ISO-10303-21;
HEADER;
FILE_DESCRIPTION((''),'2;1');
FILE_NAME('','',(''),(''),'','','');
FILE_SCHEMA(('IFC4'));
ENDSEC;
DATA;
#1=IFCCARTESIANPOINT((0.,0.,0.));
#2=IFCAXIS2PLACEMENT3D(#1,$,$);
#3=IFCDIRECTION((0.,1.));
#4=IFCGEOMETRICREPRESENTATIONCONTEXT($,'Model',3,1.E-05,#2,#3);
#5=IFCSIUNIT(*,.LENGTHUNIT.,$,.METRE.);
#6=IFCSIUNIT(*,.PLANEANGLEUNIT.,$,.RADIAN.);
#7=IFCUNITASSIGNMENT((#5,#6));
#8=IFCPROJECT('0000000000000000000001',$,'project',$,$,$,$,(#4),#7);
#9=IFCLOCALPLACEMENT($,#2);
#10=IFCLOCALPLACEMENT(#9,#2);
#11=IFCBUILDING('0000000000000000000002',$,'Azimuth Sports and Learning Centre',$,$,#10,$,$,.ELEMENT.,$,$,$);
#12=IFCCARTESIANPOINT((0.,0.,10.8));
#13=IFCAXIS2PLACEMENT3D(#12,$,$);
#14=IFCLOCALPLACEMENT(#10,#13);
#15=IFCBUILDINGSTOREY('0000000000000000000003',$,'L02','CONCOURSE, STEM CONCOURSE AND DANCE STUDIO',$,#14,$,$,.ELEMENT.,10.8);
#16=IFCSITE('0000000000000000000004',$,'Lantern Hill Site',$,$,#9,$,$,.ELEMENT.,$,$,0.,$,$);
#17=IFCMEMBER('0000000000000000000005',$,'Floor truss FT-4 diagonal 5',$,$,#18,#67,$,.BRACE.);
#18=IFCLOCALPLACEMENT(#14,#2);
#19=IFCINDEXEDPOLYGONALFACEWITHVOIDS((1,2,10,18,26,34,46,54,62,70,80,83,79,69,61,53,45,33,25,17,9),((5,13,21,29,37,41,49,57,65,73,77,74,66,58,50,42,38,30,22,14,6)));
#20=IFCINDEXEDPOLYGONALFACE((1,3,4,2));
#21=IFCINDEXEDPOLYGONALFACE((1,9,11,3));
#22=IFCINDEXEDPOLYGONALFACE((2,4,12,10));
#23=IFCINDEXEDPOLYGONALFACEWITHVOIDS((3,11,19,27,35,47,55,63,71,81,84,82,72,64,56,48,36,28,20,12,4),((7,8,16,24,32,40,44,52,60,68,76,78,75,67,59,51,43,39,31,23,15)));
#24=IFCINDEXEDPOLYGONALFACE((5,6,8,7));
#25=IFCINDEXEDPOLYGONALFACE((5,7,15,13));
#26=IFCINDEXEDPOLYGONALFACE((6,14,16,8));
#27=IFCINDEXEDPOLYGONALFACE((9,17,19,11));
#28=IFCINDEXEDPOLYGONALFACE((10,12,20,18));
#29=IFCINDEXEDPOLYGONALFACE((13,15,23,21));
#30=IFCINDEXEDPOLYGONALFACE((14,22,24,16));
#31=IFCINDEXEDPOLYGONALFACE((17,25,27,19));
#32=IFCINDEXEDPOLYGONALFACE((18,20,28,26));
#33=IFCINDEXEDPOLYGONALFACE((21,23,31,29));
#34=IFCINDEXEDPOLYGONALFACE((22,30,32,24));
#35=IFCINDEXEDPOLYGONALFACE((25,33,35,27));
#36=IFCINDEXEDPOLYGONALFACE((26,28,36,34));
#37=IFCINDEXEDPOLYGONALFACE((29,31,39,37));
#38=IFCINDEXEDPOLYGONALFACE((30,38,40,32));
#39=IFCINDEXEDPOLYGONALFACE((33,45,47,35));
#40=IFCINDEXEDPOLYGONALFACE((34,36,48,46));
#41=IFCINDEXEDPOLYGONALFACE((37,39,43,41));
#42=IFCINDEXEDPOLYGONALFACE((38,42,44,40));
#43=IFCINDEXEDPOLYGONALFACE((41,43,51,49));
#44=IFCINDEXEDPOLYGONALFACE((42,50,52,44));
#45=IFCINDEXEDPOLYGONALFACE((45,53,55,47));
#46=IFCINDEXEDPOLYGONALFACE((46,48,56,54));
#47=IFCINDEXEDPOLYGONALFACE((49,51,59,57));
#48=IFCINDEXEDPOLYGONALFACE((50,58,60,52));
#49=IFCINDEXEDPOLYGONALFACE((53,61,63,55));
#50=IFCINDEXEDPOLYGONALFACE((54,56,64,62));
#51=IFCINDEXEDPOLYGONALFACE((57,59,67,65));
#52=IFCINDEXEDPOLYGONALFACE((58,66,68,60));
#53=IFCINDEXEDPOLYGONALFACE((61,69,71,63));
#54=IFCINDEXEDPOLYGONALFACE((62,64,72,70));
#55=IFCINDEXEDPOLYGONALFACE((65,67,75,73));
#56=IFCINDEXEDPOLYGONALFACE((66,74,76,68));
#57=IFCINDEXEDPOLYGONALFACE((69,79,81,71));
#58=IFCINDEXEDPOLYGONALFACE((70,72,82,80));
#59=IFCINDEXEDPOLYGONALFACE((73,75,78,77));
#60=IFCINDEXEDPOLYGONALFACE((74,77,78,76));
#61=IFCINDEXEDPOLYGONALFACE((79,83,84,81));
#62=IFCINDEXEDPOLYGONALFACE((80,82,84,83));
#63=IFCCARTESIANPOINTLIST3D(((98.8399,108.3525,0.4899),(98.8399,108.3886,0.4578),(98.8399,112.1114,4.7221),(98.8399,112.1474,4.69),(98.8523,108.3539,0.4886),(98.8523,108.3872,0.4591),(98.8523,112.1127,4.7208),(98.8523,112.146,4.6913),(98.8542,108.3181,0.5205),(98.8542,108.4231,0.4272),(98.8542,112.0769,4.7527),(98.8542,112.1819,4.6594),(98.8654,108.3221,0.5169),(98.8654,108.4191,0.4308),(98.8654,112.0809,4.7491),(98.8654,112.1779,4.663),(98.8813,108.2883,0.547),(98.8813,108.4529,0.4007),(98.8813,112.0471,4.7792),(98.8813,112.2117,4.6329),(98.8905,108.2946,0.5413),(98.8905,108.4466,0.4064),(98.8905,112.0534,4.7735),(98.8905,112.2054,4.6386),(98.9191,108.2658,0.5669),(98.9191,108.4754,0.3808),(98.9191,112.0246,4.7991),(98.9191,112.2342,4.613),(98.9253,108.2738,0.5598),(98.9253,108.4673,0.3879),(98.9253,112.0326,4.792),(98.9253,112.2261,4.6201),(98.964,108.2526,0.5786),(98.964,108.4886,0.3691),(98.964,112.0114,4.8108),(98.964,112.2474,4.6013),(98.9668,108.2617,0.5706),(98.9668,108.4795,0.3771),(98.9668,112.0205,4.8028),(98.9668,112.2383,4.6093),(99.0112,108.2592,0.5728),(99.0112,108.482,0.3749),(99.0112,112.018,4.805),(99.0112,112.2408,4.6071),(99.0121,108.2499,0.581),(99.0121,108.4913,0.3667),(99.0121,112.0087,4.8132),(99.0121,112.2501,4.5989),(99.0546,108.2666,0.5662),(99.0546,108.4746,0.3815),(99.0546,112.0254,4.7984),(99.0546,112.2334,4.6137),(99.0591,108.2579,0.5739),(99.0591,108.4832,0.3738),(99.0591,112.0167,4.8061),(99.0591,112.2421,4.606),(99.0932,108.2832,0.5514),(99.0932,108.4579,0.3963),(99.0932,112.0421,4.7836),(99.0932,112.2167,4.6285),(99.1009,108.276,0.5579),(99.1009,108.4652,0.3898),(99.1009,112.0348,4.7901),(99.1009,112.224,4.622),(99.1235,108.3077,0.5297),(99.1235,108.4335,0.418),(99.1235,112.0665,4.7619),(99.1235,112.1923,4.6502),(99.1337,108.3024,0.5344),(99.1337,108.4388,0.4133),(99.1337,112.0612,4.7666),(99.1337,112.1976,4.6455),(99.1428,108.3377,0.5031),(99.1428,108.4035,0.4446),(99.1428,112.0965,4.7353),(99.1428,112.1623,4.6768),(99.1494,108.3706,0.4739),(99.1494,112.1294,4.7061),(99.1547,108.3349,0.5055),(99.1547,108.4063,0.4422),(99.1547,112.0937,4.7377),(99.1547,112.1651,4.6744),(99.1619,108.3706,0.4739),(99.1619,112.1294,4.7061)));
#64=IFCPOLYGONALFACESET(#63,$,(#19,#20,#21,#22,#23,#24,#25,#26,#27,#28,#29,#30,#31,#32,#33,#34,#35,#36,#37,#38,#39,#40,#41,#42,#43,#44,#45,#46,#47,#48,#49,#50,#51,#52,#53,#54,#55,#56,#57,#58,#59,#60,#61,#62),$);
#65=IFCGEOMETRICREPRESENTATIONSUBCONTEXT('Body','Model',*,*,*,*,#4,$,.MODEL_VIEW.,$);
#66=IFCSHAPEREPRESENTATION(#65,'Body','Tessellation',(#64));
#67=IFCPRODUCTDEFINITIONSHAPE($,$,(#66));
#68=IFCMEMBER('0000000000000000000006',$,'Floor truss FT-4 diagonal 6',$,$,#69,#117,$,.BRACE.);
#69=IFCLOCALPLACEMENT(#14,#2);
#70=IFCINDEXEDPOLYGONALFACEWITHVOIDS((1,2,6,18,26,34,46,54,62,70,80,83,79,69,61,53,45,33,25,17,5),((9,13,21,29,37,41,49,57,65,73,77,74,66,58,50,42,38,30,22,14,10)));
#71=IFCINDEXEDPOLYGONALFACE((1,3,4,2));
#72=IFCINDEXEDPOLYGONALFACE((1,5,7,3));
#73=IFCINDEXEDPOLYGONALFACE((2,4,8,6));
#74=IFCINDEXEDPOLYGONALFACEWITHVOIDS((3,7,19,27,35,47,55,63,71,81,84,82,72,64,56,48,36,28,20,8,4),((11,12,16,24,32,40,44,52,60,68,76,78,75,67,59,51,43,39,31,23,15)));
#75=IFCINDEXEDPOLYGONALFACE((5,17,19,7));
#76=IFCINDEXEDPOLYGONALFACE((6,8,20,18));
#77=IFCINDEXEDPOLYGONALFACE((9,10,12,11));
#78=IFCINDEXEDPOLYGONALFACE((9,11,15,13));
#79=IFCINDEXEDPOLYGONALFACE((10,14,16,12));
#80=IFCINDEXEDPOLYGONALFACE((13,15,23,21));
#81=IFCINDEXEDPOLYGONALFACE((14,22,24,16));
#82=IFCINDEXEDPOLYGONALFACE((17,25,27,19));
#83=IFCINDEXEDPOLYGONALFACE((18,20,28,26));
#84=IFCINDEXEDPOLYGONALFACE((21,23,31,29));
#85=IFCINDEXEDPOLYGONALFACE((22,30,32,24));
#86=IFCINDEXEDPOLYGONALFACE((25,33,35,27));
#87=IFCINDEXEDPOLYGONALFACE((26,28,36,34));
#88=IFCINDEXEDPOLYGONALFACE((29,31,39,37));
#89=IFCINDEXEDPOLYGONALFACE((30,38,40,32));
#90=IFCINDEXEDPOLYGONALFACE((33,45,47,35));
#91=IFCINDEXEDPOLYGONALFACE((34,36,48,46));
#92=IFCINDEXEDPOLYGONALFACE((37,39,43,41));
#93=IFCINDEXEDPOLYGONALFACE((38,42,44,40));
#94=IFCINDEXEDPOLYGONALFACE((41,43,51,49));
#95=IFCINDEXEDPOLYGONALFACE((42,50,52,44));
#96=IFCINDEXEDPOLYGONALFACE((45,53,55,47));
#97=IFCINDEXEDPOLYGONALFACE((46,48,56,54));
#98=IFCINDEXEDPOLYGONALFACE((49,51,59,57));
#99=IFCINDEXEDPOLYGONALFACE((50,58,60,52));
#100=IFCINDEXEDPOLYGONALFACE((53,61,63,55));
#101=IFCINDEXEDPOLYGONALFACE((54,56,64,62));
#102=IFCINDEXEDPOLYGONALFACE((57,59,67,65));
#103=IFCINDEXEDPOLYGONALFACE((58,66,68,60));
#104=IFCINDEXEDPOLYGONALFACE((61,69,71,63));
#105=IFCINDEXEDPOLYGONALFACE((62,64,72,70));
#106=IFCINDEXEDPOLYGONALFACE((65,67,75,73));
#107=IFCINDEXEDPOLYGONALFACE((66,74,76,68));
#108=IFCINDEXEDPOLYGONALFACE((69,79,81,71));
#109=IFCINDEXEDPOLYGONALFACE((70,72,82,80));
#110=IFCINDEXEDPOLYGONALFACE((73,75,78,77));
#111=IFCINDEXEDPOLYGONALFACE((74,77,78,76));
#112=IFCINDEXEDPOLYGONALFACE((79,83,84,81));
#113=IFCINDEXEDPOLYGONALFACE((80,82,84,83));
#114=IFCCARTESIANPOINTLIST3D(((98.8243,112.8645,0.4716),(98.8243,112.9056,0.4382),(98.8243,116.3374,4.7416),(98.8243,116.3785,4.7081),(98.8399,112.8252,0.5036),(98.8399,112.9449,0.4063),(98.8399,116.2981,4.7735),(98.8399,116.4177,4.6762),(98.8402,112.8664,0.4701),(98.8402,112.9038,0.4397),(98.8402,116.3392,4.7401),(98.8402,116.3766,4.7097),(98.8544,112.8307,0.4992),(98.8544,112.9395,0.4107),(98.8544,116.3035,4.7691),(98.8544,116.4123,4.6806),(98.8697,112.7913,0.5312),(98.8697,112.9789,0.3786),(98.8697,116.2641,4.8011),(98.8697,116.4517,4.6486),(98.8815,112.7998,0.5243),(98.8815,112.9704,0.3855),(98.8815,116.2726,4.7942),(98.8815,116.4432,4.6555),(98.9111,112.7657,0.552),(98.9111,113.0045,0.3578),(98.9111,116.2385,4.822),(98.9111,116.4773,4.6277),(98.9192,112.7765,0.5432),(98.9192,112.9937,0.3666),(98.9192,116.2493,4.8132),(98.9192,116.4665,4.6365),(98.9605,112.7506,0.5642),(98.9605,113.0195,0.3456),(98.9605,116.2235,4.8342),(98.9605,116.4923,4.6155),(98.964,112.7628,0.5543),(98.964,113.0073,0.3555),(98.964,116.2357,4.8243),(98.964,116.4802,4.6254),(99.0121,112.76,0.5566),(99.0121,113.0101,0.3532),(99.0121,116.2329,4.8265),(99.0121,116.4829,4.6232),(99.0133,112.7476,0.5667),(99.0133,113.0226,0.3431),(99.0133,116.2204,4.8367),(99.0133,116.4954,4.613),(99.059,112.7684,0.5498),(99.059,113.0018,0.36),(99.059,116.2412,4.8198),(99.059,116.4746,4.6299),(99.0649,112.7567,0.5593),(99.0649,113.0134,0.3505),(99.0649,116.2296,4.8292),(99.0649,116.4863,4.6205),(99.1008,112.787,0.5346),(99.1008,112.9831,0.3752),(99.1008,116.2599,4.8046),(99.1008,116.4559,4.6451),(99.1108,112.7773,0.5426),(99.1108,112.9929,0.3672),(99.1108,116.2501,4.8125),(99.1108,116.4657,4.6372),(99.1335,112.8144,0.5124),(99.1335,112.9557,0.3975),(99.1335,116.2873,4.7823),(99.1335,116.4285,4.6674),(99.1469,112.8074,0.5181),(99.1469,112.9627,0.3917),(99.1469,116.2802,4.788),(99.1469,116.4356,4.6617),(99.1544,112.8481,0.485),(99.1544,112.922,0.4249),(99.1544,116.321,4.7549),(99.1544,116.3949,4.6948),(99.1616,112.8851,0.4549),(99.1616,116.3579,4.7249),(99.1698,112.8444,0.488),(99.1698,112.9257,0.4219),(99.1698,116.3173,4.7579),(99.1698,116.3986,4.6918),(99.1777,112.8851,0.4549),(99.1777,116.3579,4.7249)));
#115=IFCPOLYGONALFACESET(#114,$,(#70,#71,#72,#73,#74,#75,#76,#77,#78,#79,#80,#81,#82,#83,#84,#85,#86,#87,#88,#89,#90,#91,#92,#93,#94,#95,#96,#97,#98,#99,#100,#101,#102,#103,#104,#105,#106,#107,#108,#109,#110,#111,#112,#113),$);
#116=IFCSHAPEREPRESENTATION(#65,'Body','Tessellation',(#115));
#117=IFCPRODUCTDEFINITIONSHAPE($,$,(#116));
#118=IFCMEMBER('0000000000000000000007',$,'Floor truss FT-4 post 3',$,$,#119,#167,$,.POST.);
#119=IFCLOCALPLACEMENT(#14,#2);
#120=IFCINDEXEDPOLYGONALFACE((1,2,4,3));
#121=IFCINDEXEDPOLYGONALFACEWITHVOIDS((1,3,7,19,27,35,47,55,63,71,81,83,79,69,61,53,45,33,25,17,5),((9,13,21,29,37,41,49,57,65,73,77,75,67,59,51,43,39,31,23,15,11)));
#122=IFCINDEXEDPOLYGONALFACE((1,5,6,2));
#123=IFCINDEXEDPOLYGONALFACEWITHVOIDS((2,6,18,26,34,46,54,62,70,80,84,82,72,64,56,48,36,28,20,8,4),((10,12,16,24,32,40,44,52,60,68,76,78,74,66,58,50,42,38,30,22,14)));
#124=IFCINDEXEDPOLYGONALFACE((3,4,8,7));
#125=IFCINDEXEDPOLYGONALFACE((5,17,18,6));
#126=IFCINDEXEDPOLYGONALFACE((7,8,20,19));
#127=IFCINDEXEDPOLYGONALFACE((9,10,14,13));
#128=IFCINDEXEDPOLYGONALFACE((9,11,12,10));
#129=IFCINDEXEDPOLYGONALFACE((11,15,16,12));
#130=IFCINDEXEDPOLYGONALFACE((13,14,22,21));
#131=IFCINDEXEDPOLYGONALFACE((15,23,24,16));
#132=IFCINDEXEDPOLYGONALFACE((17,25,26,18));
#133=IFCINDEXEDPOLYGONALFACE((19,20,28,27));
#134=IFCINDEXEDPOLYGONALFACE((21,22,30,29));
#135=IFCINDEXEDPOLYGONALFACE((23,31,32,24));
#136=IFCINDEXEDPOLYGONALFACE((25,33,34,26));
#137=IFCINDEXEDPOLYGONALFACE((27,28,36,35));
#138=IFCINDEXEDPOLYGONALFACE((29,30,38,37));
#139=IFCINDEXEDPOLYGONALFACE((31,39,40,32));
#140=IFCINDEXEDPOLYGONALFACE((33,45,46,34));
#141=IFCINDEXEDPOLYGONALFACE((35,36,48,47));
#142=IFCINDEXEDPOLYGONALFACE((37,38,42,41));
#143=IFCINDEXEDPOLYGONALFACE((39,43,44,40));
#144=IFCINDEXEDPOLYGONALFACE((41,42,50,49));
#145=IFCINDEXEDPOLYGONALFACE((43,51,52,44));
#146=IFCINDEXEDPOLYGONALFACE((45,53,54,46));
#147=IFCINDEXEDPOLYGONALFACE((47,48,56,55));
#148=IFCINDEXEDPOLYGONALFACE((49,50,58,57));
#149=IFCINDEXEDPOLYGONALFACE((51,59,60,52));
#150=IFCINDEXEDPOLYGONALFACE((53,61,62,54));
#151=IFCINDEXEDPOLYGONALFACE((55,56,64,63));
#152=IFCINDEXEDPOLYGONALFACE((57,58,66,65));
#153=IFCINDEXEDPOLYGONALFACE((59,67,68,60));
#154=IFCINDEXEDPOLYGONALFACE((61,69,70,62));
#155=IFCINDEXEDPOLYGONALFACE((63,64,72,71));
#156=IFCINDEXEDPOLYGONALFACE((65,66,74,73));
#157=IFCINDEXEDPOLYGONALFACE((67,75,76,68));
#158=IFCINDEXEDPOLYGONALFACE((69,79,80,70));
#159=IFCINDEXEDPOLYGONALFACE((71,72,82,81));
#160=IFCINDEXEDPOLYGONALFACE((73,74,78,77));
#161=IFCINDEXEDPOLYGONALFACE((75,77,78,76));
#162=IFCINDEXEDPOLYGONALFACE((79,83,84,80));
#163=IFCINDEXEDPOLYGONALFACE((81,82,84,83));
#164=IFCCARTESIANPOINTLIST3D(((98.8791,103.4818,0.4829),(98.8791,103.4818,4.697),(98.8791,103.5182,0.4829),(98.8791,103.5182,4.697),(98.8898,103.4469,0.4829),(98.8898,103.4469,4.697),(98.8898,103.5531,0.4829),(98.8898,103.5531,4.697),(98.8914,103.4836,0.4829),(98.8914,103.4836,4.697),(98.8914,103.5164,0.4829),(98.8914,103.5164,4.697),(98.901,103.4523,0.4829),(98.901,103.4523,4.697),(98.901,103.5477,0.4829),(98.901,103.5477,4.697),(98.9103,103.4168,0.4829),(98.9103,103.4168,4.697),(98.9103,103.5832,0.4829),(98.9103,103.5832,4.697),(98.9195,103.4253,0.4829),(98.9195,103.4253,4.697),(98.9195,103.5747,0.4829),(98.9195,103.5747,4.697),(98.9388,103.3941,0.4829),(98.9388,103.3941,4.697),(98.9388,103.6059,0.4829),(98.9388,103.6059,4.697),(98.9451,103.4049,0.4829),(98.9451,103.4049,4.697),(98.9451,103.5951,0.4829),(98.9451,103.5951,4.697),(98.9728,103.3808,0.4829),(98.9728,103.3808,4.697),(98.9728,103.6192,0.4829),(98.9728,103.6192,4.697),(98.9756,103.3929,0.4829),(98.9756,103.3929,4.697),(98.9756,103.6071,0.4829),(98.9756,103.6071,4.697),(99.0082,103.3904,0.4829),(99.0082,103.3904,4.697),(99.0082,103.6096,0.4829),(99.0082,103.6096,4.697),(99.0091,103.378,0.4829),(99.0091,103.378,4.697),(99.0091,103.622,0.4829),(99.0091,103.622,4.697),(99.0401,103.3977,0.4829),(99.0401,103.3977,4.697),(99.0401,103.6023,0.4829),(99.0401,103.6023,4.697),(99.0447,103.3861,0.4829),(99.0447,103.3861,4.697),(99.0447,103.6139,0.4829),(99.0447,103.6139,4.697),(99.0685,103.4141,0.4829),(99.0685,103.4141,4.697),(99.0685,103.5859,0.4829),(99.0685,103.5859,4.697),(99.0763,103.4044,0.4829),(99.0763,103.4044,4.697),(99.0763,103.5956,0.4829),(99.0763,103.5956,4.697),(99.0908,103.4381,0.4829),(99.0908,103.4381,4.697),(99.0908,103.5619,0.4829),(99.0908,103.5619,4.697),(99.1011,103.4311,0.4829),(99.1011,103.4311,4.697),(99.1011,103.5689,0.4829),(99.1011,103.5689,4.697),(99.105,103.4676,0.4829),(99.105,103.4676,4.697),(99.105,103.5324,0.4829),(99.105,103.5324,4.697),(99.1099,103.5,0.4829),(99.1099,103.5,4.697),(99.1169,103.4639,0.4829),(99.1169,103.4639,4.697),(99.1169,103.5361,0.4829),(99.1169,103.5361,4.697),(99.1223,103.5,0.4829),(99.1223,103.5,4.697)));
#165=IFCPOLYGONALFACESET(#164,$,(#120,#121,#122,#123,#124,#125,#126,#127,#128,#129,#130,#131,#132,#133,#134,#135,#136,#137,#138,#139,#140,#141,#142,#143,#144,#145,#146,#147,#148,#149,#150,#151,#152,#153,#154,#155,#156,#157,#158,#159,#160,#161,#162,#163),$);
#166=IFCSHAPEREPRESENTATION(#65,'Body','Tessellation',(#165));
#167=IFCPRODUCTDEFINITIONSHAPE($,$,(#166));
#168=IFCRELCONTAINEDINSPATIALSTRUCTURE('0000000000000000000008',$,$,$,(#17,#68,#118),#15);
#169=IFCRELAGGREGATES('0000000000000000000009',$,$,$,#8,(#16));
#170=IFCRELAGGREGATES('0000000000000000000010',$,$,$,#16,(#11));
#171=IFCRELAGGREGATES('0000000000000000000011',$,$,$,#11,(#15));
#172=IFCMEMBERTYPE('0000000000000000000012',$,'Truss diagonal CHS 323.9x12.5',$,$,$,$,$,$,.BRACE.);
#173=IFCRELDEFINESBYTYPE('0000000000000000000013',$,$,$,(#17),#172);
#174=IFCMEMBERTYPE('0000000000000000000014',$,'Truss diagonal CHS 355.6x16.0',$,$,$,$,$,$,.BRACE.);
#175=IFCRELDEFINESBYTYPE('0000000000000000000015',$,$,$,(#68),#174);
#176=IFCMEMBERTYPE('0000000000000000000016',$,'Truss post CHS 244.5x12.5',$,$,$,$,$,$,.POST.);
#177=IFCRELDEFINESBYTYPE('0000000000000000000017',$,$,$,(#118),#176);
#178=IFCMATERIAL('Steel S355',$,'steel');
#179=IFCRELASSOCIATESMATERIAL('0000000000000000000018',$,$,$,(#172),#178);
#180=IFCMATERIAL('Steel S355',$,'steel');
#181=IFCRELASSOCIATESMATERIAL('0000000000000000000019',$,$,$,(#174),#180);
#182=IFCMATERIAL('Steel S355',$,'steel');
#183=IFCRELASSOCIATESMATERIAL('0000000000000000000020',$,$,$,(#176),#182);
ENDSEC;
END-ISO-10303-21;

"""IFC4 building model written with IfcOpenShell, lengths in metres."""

from ifc_helpers import new_model, si_unit, direction, frame, origin, origin_2d, place, context, subcontext, project, spatial, hollow_circle, extrude, material, material_profile, profile_set, type_object, element, save


model = new_model("IFC4")

# Units and contexts
model_context = context("Model", 3, precision=1e-05, world=origin(), true_north=direction((0.0, 1.0)))
body_context = subcontext(model_context, "Body", "Model", "MODEL_VIEW")
ifc_project = project(units=[si_unit("LENGTHUNIT", "METRE"), si_unit("PLANEANGLEUNIT", "RADIAN")], contexts=[model_context])

# Site, building, storey
site_placement = place(None, origin())
site = spatial("IfcSite", under=ifc_project, at=site_placement, Name="Lantern Hill Site", CompositionType="ELEMENT", RefElevation=0.0)
building_placement = place(site_placement, origin())
building = spatial("IfcBuilding", under=site, at=building_placement, Name="Azimuth Sports and Learning Centre", CompositionType="ELEMENT")
storey_placement = place(building_placement, frame((0.0, 0.0, 10.8)))
storey = spatial("IfcBuildingStorey", under=building, at=storey_placement, Name="L02", Description="CONCOURSE, STEM CONCOURSE AND DANCE STUDIO", CompositionType="ELEMENT", Elevation=10.8)

# Members
ifc_material_1 = material(Name="Steel S355", Category="steel")
ifc_material_profile_1 = material_profile(ifc_material_1, hollow_circle(Radius=0.1619, WallThickness=0.0125, at=origin_2d()), Name="CHS 323.9x12.5")
ifc_profile_set_1 = profile_set([ifc_material_profile_1], Name="Steel S355")
member_type_1 = type_object("IfcMemberType", Name="Truss diagonal CHS 323.9x12.5", PredefinedType="BRACE", material=ifc_profile_set_1)
member_1_placement = place(storey_placement, frame((99.0, 112.1294, 4.7061), z_axis=(0.0, -0.664053, -0.747685), x_axis=(1.0, 0.0, 0.0)))
element("IfcMember", 1, at=member_1_placement, inside=storey, type_object=member_type_1, Name="Floor truss FT-4 diagonal 5", PredefinedType="BRACE", context=body_context, shape_type="SweptSolid", body=[
    extrude(hollow_circle(Radius=0.1619, WallThickness=0.0125, at=origin_2d()), origin(), (0.0, 0.0, 1.0), 5.6604),
])
ifc_material_2 = material(Name="Steel S355", Category="steel")
ifc_material_profile_2 = material_profile(ifc_material_2, hollow_circle(Radius=0.1777, WallThickness=0.0161, at=origin_2d()), Name="CHS 355.6x16.0")
ifc_profile_set_2 = profile_set([ifc_material_profile_2], Name="Steel S355")
member_type_2 = type_object("IfcMemberType", Name="Truss diagonal CHS 355.6x16.0", PredefinedType="BRACE", material=ifc_profile_set_2)
member_2_placement = place(storey_placement, frame((99.0, 116.3579, 4.7249), z_axis=(0.0, -0.630977, -0.775802), x_axis=(1.0, 0.0, 0.0)))
element("IfcMember", 2, at=member_2_placement, inside=storey, type_object=member_type_2, Name="Floor truss FT-4 diagonal 6", PredefinedType="BRACE", context=body_context, shape_type="SweptSolid", body=[
    extrude(hollow_circle(Radius=0.1777, WallThickness=0.0161, at=origin_2d()), origin(), (0.0, 0.0, 1.0), 5.5039),
])
ifc_material_3 = material(Name="Steel S355", Category="steel")
ifc_material_profile_3 = material_profile(ifc_material_3, hollow_circle(Radius=0.1223, WallThickness=0.0125, at=origin_2d()), Name="CHS 244.5x12.5")
ifc_profile_set_3 = profile_set([ifc_material_profile_3], Name="Steel S355")
member_type_3 = type_object("IfcMemberType", Name="Truss post CHS 244.5x12.5", PredefinedType="POST", material=ifc_profile_set_3)
member_3_placement = place(storey_placement, frame((99.0, 103.5, 0.4829), z_axis=(0.0, 0.0, 1.0), x_axis=(1.0, 0.0, 0.0)))
element("IfcMember", 3, at=member_3_placement, inside=storey, type_object=member_type_3, Name="Floor truss FT-4 post 3", PredefinedType="POST", context=body_context, shape_type="SweptSolid", body=[
    extrude(hollow_circle(Radius=0.1223, WallThickness=0.0125, at=origin_2d()), origin(), (0.0, 0.0, 1.0), 4.2141),
])

save(model, "model.ifc")
